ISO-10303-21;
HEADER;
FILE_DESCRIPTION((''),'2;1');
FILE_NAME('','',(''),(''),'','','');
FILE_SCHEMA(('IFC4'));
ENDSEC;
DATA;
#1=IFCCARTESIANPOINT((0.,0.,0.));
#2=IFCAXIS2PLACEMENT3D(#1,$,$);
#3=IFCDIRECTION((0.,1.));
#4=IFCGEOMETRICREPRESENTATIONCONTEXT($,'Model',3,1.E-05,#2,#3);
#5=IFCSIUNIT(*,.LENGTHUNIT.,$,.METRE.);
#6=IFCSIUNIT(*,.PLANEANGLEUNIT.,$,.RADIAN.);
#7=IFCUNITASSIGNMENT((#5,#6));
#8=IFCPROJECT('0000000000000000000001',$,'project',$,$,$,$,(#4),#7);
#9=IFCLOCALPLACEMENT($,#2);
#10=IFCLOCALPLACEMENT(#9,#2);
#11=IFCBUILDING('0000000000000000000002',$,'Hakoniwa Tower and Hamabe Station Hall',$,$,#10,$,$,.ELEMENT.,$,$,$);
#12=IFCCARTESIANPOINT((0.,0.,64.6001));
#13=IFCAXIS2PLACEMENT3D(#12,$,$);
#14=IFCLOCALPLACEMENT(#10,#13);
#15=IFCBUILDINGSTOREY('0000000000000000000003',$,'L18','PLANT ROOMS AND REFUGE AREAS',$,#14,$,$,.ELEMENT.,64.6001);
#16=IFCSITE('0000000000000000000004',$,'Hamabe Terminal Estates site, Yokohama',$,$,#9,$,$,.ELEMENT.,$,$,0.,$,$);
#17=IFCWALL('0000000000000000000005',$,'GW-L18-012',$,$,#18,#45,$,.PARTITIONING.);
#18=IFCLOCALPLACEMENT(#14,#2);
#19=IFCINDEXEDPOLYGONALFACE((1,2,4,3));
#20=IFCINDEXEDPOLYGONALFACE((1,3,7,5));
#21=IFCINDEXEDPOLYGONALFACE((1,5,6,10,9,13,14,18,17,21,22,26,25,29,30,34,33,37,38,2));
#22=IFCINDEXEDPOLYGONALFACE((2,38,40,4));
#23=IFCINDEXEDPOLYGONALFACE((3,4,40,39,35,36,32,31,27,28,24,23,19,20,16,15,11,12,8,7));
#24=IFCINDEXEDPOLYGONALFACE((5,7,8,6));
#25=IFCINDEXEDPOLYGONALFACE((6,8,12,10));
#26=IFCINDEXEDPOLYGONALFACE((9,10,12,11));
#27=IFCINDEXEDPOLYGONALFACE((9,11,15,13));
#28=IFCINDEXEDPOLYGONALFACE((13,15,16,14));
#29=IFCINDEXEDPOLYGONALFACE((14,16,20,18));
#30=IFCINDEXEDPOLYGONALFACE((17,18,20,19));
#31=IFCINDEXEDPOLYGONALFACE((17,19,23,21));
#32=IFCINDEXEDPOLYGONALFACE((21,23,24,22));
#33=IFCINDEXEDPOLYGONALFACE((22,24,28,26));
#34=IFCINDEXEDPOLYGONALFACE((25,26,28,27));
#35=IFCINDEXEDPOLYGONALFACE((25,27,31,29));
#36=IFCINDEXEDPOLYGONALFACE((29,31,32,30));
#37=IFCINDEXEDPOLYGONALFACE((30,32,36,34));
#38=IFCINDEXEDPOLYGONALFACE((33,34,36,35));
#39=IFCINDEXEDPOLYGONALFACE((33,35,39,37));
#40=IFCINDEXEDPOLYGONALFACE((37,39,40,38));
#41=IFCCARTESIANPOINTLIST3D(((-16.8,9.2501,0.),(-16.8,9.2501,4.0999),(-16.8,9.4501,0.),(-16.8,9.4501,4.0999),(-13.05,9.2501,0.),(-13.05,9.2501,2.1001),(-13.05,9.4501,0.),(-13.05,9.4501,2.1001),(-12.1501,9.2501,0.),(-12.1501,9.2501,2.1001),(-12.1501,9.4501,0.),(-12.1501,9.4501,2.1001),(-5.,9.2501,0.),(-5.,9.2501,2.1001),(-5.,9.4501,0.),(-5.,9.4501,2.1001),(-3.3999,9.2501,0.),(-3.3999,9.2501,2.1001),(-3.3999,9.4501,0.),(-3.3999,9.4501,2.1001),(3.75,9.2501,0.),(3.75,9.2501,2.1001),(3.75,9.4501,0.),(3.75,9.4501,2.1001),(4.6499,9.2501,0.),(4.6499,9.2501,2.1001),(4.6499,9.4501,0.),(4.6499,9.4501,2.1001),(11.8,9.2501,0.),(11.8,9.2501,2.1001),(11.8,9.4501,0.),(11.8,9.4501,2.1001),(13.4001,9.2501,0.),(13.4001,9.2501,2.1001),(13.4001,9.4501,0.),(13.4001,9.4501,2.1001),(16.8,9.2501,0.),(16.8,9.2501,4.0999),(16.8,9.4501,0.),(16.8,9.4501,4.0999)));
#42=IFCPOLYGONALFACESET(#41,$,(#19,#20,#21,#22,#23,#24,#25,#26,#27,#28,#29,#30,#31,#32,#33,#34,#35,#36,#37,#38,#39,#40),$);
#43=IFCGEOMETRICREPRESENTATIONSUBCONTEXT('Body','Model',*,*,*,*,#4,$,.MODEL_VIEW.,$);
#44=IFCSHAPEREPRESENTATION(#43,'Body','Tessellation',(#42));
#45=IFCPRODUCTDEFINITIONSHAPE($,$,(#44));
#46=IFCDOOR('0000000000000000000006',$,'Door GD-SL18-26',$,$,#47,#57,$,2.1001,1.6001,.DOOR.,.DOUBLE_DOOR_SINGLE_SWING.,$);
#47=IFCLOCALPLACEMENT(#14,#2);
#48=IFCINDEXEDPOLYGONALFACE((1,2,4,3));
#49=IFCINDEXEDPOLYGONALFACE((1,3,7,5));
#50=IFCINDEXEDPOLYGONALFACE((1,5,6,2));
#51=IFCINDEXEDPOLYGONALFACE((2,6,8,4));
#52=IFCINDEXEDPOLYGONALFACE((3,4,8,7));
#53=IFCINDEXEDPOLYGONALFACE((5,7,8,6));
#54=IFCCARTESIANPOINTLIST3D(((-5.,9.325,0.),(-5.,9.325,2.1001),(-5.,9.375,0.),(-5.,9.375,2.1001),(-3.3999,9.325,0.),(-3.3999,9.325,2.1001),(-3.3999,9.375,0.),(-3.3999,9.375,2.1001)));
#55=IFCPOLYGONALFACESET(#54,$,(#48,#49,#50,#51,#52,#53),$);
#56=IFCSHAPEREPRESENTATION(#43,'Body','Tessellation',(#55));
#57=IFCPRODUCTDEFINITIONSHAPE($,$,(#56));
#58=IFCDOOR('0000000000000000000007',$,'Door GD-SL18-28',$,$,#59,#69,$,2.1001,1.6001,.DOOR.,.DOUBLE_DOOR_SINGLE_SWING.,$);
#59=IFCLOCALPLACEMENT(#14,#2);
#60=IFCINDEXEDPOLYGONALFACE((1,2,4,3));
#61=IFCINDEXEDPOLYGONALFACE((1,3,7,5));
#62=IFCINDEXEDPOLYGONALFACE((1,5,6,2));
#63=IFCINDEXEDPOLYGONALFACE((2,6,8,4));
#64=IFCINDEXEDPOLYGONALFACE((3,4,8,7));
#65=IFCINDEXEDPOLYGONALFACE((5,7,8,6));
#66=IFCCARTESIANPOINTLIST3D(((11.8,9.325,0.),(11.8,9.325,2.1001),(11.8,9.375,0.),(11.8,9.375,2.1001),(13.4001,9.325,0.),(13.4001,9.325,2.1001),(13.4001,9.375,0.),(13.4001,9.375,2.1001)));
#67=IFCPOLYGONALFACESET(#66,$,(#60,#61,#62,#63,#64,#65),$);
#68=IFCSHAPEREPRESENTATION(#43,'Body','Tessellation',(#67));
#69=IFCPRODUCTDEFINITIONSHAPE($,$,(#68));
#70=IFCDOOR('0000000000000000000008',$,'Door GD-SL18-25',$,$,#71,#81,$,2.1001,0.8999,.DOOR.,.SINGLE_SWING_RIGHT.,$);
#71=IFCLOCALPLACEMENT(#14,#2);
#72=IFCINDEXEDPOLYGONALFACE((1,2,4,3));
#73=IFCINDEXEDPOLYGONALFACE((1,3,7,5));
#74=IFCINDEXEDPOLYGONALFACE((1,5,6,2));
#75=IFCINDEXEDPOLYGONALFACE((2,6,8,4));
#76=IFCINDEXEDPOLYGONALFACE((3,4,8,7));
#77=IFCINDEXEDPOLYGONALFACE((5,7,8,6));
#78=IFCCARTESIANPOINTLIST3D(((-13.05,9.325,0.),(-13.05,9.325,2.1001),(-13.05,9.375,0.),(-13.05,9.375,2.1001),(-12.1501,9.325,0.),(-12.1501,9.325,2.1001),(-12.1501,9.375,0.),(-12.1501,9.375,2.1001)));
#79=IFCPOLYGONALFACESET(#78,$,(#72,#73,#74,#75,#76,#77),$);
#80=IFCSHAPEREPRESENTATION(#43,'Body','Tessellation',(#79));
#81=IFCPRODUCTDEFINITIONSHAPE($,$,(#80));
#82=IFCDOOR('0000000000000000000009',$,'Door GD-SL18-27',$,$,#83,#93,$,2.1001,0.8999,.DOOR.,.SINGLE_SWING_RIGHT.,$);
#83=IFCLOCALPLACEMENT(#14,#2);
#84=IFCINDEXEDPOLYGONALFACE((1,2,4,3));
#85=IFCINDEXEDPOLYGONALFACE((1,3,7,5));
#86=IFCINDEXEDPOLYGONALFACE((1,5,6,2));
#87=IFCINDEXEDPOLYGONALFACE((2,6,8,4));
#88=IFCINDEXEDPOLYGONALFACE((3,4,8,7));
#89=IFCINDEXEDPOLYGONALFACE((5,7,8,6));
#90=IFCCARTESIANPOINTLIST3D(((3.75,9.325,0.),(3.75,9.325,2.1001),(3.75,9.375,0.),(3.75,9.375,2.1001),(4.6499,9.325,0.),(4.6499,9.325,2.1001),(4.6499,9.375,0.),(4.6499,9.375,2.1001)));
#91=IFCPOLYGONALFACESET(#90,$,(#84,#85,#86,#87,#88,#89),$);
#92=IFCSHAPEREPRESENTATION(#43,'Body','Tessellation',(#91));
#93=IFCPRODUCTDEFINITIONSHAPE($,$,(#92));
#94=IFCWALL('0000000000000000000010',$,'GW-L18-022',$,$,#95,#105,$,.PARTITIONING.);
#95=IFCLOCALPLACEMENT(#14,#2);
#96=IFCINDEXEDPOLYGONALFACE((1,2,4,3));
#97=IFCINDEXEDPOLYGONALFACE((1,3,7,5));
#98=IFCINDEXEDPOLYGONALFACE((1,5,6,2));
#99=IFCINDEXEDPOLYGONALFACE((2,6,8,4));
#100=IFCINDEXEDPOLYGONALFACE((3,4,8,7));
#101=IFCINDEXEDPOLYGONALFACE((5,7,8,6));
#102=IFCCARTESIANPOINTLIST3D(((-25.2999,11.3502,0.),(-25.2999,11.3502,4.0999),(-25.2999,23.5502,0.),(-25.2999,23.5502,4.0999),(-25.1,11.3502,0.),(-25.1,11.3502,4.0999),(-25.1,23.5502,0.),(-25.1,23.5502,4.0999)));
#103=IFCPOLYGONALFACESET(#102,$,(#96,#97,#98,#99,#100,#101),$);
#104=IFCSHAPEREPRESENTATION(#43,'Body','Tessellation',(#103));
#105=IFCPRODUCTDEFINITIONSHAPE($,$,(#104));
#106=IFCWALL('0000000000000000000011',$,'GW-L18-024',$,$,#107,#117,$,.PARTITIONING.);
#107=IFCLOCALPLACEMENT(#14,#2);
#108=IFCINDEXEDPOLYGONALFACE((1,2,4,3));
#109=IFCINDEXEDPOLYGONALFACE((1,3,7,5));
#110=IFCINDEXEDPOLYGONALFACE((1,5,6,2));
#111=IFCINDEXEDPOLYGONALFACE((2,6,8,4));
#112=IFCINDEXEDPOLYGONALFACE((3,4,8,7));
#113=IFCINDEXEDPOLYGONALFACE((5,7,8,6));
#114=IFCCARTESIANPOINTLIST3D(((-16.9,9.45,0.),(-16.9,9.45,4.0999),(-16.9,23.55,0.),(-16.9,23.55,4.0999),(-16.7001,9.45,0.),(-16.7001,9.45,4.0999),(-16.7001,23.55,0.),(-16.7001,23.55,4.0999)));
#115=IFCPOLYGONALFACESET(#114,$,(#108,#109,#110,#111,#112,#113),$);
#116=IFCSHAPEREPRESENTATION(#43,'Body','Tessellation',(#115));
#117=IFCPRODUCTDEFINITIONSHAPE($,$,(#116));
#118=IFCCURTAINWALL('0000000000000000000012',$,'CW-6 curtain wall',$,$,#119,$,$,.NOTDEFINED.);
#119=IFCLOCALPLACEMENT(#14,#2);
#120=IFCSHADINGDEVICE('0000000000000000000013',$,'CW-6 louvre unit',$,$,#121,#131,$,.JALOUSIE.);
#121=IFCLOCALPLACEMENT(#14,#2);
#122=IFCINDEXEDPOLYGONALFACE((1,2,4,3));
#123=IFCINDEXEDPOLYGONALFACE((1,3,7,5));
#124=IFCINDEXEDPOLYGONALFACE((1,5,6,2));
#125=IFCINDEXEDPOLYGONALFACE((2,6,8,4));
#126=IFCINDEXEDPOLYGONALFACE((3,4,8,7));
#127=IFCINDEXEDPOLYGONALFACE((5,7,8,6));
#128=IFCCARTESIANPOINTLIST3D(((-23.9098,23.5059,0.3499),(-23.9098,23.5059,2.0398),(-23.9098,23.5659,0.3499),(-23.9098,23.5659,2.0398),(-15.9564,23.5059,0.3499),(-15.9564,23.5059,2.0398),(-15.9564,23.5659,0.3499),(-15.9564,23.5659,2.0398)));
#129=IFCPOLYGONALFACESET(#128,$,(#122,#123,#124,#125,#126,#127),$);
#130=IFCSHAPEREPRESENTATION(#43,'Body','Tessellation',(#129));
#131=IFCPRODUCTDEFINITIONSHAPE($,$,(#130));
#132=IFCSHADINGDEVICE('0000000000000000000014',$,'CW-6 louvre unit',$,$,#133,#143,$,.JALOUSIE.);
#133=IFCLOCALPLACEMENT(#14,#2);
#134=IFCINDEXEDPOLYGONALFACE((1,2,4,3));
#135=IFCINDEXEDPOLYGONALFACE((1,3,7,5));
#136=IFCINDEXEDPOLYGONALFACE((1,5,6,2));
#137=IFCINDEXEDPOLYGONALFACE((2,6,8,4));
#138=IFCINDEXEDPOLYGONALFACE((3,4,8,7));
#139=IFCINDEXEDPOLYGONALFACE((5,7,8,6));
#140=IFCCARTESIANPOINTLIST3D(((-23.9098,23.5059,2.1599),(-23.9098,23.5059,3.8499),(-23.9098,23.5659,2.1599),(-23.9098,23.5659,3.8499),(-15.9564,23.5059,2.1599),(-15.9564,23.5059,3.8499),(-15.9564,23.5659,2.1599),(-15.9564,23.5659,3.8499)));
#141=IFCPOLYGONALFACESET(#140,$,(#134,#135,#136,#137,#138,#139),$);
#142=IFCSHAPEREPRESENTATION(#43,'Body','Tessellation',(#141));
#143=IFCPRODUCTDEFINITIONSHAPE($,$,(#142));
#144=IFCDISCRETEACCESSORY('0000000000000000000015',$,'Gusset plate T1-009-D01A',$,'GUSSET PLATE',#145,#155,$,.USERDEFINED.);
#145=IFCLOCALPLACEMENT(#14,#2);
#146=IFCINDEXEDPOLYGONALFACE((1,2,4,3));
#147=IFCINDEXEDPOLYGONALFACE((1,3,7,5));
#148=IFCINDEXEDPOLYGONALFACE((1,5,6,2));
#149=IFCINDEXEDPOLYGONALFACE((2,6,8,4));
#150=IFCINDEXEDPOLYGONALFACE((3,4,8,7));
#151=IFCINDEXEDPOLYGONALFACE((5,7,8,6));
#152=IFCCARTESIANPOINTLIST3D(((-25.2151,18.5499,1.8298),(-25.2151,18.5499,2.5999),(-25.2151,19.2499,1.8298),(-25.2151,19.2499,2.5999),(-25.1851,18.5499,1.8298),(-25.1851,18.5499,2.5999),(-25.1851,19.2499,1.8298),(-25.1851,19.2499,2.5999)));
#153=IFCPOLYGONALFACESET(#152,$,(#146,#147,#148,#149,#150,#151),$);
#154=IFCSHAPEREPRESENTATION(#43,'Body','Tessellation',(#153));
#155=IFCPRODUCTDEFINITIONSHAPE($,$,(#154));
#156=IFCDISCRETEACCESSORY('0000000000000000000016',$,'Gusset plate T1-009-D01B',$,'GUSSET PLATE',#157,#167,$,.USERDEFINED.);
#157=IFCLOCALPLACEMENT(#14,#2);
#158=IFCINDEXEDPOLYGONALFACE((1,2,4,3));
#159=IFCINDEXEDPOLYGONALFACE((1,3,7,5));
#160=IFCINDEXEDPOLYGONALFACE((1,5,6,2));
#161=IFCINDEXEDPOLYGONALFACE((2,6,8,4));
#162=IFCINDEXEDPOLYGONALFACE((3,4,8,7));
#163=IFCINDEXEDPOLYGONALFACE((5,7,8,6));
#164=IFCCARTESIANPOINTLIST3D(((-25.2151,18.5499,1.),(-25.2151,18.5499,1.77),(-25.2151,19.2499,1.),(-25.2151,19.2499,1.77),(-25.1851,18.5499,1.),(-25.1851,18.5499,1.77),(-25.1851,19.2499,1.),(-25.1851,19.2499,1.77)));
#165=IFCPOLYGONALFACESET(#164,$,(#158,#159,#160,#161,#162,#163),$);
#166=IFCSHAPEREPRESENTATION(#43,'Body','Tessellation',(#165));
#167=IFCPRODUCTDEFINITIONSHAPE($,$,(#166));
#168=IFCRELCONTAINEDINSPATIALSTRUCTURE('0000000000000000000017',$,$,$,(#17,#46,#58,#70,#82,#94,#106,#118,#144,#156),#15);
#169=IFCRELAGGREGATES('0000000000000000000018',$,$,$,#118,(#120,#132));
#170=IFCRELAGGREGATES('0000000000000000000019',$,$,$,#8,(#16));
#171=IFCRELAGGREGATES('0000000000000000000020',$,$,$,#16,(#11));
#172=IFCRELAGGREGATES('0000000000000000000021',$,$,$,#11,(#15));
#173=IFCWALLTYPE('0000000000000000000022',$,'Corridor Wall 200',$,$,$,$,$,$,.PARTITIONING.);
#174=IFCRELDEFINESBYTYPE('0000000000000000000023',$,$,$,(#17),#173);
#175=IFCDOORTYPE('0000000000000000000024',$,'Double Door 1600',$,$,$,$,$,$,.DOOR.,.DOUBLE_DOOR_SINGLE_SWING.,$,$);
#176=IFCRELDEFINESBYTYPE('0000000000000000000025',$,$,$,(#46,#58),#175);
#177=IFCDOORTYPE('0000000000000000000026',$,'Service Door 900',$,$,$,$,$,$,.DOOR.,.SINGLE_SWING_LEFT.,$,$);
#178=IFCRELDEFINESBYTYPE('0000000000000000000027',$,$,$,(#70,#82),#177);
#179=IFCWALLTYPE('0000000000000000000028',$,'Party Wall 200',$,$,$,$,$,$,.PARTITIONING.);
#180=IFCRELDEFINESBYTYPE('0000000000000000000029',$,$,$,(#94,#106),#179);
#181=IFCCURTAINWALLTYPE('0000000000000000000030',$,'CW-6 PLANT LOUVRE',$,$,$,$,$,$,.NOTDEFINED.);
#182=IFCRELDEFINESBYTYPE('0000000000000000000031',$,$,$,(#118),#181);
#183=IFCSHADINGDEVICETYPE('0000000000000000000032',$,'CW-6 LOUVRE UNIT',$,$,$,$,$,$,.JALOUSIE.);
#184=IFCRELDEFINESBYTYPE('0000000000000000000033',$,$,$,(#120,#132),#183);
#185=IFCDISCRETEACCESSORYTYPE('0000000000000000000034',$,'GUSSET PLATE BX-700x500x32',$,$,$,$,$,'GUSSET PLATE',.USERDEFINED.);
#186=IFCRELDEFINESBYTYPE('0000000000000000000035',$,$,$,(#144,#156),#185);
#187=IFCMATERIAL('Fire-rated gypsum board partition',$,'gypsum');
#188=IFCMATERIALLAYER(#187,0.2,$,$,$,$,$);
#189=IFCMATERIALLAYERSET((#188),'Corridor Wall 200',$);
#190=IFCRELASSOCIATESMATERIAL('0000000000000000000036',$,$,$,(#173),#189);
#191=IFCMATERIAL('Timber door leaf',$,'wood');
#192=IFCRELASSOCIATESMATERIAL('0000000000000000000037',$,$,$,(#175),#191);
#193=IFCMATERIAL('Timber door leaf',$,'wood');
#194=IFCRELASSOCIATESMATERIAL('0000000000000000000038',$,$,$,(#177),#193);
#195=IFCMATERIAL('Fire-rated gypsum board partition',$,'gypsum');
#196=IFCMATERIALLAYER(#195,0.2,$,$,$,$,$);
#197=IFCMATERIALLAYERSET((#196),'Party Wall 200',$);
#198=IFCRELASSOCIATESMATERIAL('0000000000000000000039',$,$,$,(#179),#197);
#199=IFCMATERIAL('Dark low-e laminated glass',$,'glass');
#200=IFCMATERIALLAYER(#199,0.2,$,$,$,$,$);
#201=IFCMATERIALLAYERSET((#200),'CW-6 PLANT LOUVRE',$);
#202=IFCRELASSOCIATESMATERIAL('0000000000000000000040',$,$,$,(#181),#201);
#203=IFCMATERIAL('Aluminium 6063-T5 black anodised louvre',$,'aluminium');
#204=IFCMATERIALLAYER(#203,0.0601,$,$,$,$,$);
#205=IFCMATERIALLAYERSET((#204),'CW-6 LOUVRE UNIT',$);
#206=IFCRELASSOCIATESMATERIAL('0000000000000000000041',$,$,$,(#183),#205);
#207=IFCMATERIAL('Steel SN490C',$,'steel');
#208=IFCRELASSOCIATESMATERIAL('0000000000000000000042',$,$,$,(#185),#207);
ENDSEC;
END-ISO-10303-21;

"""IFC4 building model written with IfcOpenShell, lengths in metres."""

from ifc_helpers import new_model, si_unit, direction, frame, frame_2d, origin, origin_2d, place, context, subcontext, project, spatial, rectangle, extrude, material, layer, layer_set, material_profile, profile_set, type_object, element, fill, aggregate, save


model = new_model("IFC4")

# Units and contexts
model_context = context("Model", 3, precision=1e-05, world=origin(), true_north=direction((0.0, 1.0)))
body_context = subcontext(model_context, "Body", "Model", "MODEL_VIEW")
ifc_project = project(units=[si_unit("LENGTHUNIT", "METRE"), si_unit("PLANEANGLEUNIT", "RADIAN")], contexts=[model_context])

# Site, building, storey
site_placement = place(None, origin())
site = spatial("IfcSite", under=ifc_project, at=site_placement, Name="Hamabe Terminal Estates site, Yokohama", CompositionType="ELEMENT", RefElevation=0.0)
building_placement = place(site_placement, origin())
building = spatial("IfcBuilding", under=site, at=building_placement, Name="Hakoniwa Tower and Hamabe Station Hall", CompositionType="ELEMENT")
storey_placement = place(building_placement, frame((0.0, 0.0, 64.6001)))
storey = spatial("IfcBuildingStorey", under=building, at=storey_placement, Name="L18", Description="PLANT ROOMS AND REFUGE AREAS", CompositionType="ELEMENT", Elevation=64.6001)

# Wall, openings, doors
ifc_material_1 = material(Name="Fire-rated gypsum board partition", Category="gypsum")
ifc_layer_1 = layer(ifc_material_1, 0.2)
ifc_layer_set_1 = layer_set([ifc_layer_1], Name="Corridor Wall 200")
wall_type_1 = type_object("IfcWallType", Name="Corridor Wall 200", PredefinedType="PARTITIONING", material=ifc_layer_set_1)
wall_1_placement = place(storey_placement, frame((-16.8, 9.3501, 0.0), z_axis=(0.0, 0.0, 1.0), x_axis=(1.0, 0.0, 0.0)))
wall_1 = element("IfcWall", 1, at=wall_1_placement, inside=storey, type_object=wall_type_1, Name="GW-L18-012", PredefinedType="PARTITIONING", context=body_context, shape_type="SweptSolid", body=[
    extrude(rectangle(XDim=33.6001, YDim=0.2, at=frame_2d((16.8, 0.0))), origin(), (0.0, 0.0, 1.0), 4.0999),
])
opening_1_placement = place(wall_1_placement, frame((3.75, 0.0, 0.0)))
opening_1 = element("IfcOpeningElement", 2, at=opening_1_placement, cuts=wall_1, PredefinedType="OPENING", context=body_context, shape_type="SweptSolid", body=[
    extrude(rectangle(XDim=0.8999, YDim=2.1001, at=frame_2d((0.45, 1.05))), frame((0.0, 0.1099, 0.0), z_axis=(0.0, -1.0, 0.0), x_axis=(1.0, 0.0, 0.0)), (0.0, 0.0, 1.0), 0.22),
])
opening_2_placement = place(wall_1_placement, frame((11.8, 0.0, 0.0)))
opening_2 = element("IfcOpeningElement", 3, at=opening_2_placement, cuts=wall_1, PredefinedType="OPENING", context=body_context, shape_type="SweptSolid", body=[
    extrude(rectangle(XDim=1.6001, YDim=2.1001, at=frame_2d((0.8, 1.05))), frame((0.0, 0.1099, 0.0), z_axis=(0.0, -1.0, 0.0), x_axis=(1.0, 0.0, 0.0)), (0.0, 0.0, 1.0), 0.22),
])
opening_3_placement = place(wall_1_placement, frame((20.55, 0.0, 0.0)))
opening_3 = element("IfcOpeningElement", 4, at=opening_3_placement, cuts=wall_1, PredefinedType="OPENING", context=body_context, shape_type="SweptSolid", body=[
    extrude(rectangle(XDim=0.8999, YDim=2.1001, at=frame_2d((0.45, 1.05))), frame((0.0, 0.1099, 0.0), z_axis=(0.0, -1.0, 0.0), x_axis=(1.0, 0.0, 0.0)), (0.0, 0.0, 1.0), 0.22),
])
opening_4_placement = place(wall_1_placement, frame((28.6001, 0.0, 0.0)))
opening_4 = element("IfcOpeningElement", 5, at=opening_4_placement, cuts=wall_1, PredefinedType="OPENING", context=body_context, shape_type="SweptSolid", body=[
    extrude(rectangle(XDim=1.6001, YDim=2.1001, at=frame_2d((0.8, 1.05))), frame((0.0, 0.1099, 0.0), z_axis=(0.0, -1.0, 0.0), x_axis=(1.0, 0.0, 0.0)), (0.0, 0.0, 1.0), 0.22),
])
ifc_material_2 = material(Name="Timber door leaf", Category="wood")
door_type_1 = type_object("IfcDoorType", Name="Double Door 1600", OperationType="DOUBLE_DOOR_SINGLE_SWING", PredefinedType="DOOR", material=ifc_material_2)
door_1_placement = place(opening_2_placement, origin())
door_1 = element("IfcDoor", 6, at=door_1_placement, inside=storey, type_object=door_type_1, Name="Door GD-SL18-26", OperationType="DOUBLE_DOOR_SINGLE_SWING", OverallHeight=2.1001, OverallWidth=1.6001, PredefinedType="DOOR", context=body_context, shape_type="SweptSolid", body=[
    extrude(rectangle(XDim=1.6001, YDim=2.1001, at=frame_2d((0.8, 1.05))), frame((0.0, 0.0249, 0.0), z_axis=(0.0, -1.0, 0.0), x_axis=(1.0, 0.0, 0.0)), (0.0, 0.0, 1.0), 0.05),
])
fill(opening_2, door_1)
door_2_placement = place(opening_4_placement, origin())
door_2 = element("IfcDoor", 7, at=door_2_placement, inside=storey, type_object=door_type_1, Name="Door GD-SL18-28", OperationType="DOUBLE_DOOR_SINGLE_SWING", OverallHeight=2.1001, OverallWidth=1.6001, PredefinedType="DOOR", context=body_context, shape_type="SweptSolid", body=[
    extrude(rectangle(XDim=1.6001, YDim=2.1001, at=frame_2d((0.8, 1.05))), frame((0.0, 0.0249, 0.0), z_axis=(0.0, -1.0, 0.0), x_axis=(1.0, 0.0, 0.0)), (0.0, 0.0, 1.0), 0.05),
])
fill(opening_4, door_2)
ifc_material_3 = material(Name="Timber door leaf", Category="wood")
door_type_2 = type_object("IfcDoorType", Name="Service Door 900", OperationType="SINGLE_SWING_LEFT", PredefinedType="DOOR", material=ifc_material_3)
door_3_placement = place(opening_1_placement, origin())
door_3 = element("IfcDoor", 8, at=door_3_placement, inside=storey, type_object=door_type_2, Name="Door GD-SL18-25", OperationType="SINGLE_SWING_RIGHT", OverallHeight=2.1001, OverallWidth=0.8999, PredefinedType="DOOR", context=body_context, shape_type="SweptSolid", body=[
    extrude(rectangle(XDim=0.8999, YDim=2.1001, at=frame_2d((0.45, 1.05))), frame((0.0, 0.0249, 0.0), z_axis=(0.0, -1.0, 0.0), x_axis=(1.0, 0.0, 0.0)), (0.0, 0.0, 1.0), 0.05),
])
fill(opening_1, door_3)
door_4_placement = place(opening_3_placement, origin())
door_4 = element("IfcDoor", 9, at=door_4_placement, inside=storey, type_object=door_type_2, Name="Door GD-SL18-27", OperationType="SINGLE_SWING_RIGHT", OverallHeight=2.1001, OverallWidth=0.8999, PredefinedType="DOOR", context=body_context, shape_type="SweptSolid", body=[
    extrude(rectangle(XDim=0.8999, YDim=2.1001, at=frame_2d((0.45, 1.05))), frame((0.0, 0.0249, 0.0), z_axis=(0.0, -1.0, 0.0), x_axis=(1.0, 0.0, 0.0)), (0.0, 0.0, 1.0), 0.05),
])
fill(opening_3, door_4)

# Walls
ifc_material_4 = material(Name="Fire-rated gypsum board partition", Category="gypsum")
ifc_layer_2 = layer(ifc_material_4, 0.2)
ifc_layer_set_2 = layer_set([ifc_layer_2], Name="Party Wall 200")
wall_type_2 = type_object("IfcWallType", Name="Party Wall 200", PredefinedType="PARTITIONING", material=ifc_layer_set_2)
wall_2_placement = place(storey_placement, frame((-25.2, 11.3501, 0.0), z_axis=(0.0, 0.0, 1.0), x_axis=(0.0, 1.0, 0.0)))
element("IfcWall", 10, at=wall_2_placement, inside=storey, type_object=wall_type_2, Name="GW-L18-022", PredefinedType="PARTITIONING", context=body_context, shape_type="SweptSolid", body=[
    extrude(rectangle(XDim=12.2, YDim=0.2, at=frame_2d((6.1001, 0.0))), origin(), (0.0, 0.0, 1.0), 4.0999),
])
wall_3_placement = place(storey_placement, frame((-16.8, 9.45, 0.0), z_axis=(0.0, 0.0, 1.0), x_axis=(0.0, 1.0, 0.0)))
element("IfcWall", 11, at=wall_3_placement, inside=storey, type_object=wall_type_2, Name="GW-L18-024", PredefinedType="PARTITIONING", context=body_context, shape_type="SweptSolid", body=[
    extrude(rectangle(XDim=14.1001, YDim=0.2, at=frame_2d((7.05, 0.0))), origin(), (0.0, 0.0, 1.0), 4.0999),
])

# Curtain wall, shading devices
ifc_material_5 = material(Name="Dark low-e laminated glass", Category="glass")
ifc_layer_3 = layer(ifc_material_5, 0.2)
ifc_layer_set_3 = layer_set([ifc_layer_3], Name="CW-6 PLANT LOUVRE")
curtain_wall_type = type_object("IfcCurtainWallType", Name="CW-6 PLANT LOUVRE", PredefinedType="NOTDEFINED", material=ifc_layer_set_3)
curtain_wall_placement = place(storey_placement, origin())
curtain_wall = element("IfcCurtainWall", 12, at=curtain_wall_placement, inside=storey, type_object=curtain_wall_type, Name="CW-6 curtain wall", PredefinedType="NOTDEFINED")
ifc_material_6 = material(Name="Aluminium 6063-T5 black anodised louvre", Category="aluminium")
ifc_layer_4 = layer(ifc_material_6, 0.0601)
ifc_layer_set_4 = layer_set([ifc_layer_4], Name="CW-6 LOUVRE UNIT")
shading_device_type = type_object("IfcShadingDeviceType", Name="CW-6 LOUVRE UNIT", PredefinedType="JALOUSIE", material=ifc_layer_set_4)
shading_device_1_placement = place(storey_placement, frame((-19.9331, 23.5359, 0.3499), z_axis=(0.0, 0.0, 1.0), x_axis=(-1.0, 0.0, 0.0)))
shading_device_1 = element("IfcShadingDevice", 13, at=shading_device_1_placement, type_object=shading_device_type, Name="CW-6 louvre unit", PredefinedType="JALOUSIE", context=body_context, shape_type="SweptSolid", body=[
    extrude(rectangle(XDim=7.9534, YDim=0.0601, at=origin_2d()), origin(), (0.0, 0.0, 1.0), 1.6899),
])
shading_device_2_placement = place(storey_placement, frame((-19.9331, 23.5359, 2.1599), z_axis=(0.0, 0.0, 1.0), x_axis=(-1.0, 0.0, 0.0)))
shading_device_2 = element("IfcShadingDevice", 14, at=shading_device_2_placement, type_object=shading_device_type, Name="CW-6 louvre unit", PredefinedType="JALOUSIE", context=body_context, shape_type="SweptSolid", body=[
    extrude(rectangle(XDim=7.9534, YDim=0.0601, at=origin_2d()), origin(), (0.0, 0.0, 1.0), 1.6899),
])
aggregate(curtain_wall, [shading_device_1, shading_device_2])

# Discrete accessories
ifc_material_7 = material(Name="Steel SN490C", Category="steel")
ifc_material_profile_1 = material_profile(ifc_material_7, rectangle(XDim=0.7, YDim=0.77, at=origin_2d()), Name="GUSSET PLATE BX-700x500x32")
ifc_profile_set_1 = profile_set([ifc_material_profile_1], Name="Steel SN490C")
discrete_accessory_type = type_object("IfcDiscreteAccessoryType", Name="GUSSET PLATE BX-700x500x32", ElementType="GUSSET PLATE", PredefinedType="USERDEFINED", material=ifc_profile_set_1)
for number, where, z_axis, x_axis, name in (
    (15, (-25.1851, 18.8999, 2.2148), (-1.0, 0.0, 0.0), (0.0, -1.0, 0.0), "Gusset plate T1-009-D01A"),
    (16, (-25.1851, 18.8999, 1.385), (-1.0, 0.0, 0.0), (0.0, -1.0, 0.0), "Gusset plate T1-009-D01B"),
):
    element("IfcDiscreteAccessory", number, at=place(storey_placement, frame(where, z_axis=z_axis, x_axis=x_axis)), inside=storey, type_object=discrete_accessory_type, Name=name, ObjectType="GUSSET PLATE", PredefinedType="USERDEFINED", context=body_context, shape_type="SweptSolid", body=[
        extrude(rectangle(XDim=0.7, YDim=0.77, at=origin_2d()), origin(), (0.0, 0.0, 1.0), 0.03),
    ])

save(model, "model.ifc")
